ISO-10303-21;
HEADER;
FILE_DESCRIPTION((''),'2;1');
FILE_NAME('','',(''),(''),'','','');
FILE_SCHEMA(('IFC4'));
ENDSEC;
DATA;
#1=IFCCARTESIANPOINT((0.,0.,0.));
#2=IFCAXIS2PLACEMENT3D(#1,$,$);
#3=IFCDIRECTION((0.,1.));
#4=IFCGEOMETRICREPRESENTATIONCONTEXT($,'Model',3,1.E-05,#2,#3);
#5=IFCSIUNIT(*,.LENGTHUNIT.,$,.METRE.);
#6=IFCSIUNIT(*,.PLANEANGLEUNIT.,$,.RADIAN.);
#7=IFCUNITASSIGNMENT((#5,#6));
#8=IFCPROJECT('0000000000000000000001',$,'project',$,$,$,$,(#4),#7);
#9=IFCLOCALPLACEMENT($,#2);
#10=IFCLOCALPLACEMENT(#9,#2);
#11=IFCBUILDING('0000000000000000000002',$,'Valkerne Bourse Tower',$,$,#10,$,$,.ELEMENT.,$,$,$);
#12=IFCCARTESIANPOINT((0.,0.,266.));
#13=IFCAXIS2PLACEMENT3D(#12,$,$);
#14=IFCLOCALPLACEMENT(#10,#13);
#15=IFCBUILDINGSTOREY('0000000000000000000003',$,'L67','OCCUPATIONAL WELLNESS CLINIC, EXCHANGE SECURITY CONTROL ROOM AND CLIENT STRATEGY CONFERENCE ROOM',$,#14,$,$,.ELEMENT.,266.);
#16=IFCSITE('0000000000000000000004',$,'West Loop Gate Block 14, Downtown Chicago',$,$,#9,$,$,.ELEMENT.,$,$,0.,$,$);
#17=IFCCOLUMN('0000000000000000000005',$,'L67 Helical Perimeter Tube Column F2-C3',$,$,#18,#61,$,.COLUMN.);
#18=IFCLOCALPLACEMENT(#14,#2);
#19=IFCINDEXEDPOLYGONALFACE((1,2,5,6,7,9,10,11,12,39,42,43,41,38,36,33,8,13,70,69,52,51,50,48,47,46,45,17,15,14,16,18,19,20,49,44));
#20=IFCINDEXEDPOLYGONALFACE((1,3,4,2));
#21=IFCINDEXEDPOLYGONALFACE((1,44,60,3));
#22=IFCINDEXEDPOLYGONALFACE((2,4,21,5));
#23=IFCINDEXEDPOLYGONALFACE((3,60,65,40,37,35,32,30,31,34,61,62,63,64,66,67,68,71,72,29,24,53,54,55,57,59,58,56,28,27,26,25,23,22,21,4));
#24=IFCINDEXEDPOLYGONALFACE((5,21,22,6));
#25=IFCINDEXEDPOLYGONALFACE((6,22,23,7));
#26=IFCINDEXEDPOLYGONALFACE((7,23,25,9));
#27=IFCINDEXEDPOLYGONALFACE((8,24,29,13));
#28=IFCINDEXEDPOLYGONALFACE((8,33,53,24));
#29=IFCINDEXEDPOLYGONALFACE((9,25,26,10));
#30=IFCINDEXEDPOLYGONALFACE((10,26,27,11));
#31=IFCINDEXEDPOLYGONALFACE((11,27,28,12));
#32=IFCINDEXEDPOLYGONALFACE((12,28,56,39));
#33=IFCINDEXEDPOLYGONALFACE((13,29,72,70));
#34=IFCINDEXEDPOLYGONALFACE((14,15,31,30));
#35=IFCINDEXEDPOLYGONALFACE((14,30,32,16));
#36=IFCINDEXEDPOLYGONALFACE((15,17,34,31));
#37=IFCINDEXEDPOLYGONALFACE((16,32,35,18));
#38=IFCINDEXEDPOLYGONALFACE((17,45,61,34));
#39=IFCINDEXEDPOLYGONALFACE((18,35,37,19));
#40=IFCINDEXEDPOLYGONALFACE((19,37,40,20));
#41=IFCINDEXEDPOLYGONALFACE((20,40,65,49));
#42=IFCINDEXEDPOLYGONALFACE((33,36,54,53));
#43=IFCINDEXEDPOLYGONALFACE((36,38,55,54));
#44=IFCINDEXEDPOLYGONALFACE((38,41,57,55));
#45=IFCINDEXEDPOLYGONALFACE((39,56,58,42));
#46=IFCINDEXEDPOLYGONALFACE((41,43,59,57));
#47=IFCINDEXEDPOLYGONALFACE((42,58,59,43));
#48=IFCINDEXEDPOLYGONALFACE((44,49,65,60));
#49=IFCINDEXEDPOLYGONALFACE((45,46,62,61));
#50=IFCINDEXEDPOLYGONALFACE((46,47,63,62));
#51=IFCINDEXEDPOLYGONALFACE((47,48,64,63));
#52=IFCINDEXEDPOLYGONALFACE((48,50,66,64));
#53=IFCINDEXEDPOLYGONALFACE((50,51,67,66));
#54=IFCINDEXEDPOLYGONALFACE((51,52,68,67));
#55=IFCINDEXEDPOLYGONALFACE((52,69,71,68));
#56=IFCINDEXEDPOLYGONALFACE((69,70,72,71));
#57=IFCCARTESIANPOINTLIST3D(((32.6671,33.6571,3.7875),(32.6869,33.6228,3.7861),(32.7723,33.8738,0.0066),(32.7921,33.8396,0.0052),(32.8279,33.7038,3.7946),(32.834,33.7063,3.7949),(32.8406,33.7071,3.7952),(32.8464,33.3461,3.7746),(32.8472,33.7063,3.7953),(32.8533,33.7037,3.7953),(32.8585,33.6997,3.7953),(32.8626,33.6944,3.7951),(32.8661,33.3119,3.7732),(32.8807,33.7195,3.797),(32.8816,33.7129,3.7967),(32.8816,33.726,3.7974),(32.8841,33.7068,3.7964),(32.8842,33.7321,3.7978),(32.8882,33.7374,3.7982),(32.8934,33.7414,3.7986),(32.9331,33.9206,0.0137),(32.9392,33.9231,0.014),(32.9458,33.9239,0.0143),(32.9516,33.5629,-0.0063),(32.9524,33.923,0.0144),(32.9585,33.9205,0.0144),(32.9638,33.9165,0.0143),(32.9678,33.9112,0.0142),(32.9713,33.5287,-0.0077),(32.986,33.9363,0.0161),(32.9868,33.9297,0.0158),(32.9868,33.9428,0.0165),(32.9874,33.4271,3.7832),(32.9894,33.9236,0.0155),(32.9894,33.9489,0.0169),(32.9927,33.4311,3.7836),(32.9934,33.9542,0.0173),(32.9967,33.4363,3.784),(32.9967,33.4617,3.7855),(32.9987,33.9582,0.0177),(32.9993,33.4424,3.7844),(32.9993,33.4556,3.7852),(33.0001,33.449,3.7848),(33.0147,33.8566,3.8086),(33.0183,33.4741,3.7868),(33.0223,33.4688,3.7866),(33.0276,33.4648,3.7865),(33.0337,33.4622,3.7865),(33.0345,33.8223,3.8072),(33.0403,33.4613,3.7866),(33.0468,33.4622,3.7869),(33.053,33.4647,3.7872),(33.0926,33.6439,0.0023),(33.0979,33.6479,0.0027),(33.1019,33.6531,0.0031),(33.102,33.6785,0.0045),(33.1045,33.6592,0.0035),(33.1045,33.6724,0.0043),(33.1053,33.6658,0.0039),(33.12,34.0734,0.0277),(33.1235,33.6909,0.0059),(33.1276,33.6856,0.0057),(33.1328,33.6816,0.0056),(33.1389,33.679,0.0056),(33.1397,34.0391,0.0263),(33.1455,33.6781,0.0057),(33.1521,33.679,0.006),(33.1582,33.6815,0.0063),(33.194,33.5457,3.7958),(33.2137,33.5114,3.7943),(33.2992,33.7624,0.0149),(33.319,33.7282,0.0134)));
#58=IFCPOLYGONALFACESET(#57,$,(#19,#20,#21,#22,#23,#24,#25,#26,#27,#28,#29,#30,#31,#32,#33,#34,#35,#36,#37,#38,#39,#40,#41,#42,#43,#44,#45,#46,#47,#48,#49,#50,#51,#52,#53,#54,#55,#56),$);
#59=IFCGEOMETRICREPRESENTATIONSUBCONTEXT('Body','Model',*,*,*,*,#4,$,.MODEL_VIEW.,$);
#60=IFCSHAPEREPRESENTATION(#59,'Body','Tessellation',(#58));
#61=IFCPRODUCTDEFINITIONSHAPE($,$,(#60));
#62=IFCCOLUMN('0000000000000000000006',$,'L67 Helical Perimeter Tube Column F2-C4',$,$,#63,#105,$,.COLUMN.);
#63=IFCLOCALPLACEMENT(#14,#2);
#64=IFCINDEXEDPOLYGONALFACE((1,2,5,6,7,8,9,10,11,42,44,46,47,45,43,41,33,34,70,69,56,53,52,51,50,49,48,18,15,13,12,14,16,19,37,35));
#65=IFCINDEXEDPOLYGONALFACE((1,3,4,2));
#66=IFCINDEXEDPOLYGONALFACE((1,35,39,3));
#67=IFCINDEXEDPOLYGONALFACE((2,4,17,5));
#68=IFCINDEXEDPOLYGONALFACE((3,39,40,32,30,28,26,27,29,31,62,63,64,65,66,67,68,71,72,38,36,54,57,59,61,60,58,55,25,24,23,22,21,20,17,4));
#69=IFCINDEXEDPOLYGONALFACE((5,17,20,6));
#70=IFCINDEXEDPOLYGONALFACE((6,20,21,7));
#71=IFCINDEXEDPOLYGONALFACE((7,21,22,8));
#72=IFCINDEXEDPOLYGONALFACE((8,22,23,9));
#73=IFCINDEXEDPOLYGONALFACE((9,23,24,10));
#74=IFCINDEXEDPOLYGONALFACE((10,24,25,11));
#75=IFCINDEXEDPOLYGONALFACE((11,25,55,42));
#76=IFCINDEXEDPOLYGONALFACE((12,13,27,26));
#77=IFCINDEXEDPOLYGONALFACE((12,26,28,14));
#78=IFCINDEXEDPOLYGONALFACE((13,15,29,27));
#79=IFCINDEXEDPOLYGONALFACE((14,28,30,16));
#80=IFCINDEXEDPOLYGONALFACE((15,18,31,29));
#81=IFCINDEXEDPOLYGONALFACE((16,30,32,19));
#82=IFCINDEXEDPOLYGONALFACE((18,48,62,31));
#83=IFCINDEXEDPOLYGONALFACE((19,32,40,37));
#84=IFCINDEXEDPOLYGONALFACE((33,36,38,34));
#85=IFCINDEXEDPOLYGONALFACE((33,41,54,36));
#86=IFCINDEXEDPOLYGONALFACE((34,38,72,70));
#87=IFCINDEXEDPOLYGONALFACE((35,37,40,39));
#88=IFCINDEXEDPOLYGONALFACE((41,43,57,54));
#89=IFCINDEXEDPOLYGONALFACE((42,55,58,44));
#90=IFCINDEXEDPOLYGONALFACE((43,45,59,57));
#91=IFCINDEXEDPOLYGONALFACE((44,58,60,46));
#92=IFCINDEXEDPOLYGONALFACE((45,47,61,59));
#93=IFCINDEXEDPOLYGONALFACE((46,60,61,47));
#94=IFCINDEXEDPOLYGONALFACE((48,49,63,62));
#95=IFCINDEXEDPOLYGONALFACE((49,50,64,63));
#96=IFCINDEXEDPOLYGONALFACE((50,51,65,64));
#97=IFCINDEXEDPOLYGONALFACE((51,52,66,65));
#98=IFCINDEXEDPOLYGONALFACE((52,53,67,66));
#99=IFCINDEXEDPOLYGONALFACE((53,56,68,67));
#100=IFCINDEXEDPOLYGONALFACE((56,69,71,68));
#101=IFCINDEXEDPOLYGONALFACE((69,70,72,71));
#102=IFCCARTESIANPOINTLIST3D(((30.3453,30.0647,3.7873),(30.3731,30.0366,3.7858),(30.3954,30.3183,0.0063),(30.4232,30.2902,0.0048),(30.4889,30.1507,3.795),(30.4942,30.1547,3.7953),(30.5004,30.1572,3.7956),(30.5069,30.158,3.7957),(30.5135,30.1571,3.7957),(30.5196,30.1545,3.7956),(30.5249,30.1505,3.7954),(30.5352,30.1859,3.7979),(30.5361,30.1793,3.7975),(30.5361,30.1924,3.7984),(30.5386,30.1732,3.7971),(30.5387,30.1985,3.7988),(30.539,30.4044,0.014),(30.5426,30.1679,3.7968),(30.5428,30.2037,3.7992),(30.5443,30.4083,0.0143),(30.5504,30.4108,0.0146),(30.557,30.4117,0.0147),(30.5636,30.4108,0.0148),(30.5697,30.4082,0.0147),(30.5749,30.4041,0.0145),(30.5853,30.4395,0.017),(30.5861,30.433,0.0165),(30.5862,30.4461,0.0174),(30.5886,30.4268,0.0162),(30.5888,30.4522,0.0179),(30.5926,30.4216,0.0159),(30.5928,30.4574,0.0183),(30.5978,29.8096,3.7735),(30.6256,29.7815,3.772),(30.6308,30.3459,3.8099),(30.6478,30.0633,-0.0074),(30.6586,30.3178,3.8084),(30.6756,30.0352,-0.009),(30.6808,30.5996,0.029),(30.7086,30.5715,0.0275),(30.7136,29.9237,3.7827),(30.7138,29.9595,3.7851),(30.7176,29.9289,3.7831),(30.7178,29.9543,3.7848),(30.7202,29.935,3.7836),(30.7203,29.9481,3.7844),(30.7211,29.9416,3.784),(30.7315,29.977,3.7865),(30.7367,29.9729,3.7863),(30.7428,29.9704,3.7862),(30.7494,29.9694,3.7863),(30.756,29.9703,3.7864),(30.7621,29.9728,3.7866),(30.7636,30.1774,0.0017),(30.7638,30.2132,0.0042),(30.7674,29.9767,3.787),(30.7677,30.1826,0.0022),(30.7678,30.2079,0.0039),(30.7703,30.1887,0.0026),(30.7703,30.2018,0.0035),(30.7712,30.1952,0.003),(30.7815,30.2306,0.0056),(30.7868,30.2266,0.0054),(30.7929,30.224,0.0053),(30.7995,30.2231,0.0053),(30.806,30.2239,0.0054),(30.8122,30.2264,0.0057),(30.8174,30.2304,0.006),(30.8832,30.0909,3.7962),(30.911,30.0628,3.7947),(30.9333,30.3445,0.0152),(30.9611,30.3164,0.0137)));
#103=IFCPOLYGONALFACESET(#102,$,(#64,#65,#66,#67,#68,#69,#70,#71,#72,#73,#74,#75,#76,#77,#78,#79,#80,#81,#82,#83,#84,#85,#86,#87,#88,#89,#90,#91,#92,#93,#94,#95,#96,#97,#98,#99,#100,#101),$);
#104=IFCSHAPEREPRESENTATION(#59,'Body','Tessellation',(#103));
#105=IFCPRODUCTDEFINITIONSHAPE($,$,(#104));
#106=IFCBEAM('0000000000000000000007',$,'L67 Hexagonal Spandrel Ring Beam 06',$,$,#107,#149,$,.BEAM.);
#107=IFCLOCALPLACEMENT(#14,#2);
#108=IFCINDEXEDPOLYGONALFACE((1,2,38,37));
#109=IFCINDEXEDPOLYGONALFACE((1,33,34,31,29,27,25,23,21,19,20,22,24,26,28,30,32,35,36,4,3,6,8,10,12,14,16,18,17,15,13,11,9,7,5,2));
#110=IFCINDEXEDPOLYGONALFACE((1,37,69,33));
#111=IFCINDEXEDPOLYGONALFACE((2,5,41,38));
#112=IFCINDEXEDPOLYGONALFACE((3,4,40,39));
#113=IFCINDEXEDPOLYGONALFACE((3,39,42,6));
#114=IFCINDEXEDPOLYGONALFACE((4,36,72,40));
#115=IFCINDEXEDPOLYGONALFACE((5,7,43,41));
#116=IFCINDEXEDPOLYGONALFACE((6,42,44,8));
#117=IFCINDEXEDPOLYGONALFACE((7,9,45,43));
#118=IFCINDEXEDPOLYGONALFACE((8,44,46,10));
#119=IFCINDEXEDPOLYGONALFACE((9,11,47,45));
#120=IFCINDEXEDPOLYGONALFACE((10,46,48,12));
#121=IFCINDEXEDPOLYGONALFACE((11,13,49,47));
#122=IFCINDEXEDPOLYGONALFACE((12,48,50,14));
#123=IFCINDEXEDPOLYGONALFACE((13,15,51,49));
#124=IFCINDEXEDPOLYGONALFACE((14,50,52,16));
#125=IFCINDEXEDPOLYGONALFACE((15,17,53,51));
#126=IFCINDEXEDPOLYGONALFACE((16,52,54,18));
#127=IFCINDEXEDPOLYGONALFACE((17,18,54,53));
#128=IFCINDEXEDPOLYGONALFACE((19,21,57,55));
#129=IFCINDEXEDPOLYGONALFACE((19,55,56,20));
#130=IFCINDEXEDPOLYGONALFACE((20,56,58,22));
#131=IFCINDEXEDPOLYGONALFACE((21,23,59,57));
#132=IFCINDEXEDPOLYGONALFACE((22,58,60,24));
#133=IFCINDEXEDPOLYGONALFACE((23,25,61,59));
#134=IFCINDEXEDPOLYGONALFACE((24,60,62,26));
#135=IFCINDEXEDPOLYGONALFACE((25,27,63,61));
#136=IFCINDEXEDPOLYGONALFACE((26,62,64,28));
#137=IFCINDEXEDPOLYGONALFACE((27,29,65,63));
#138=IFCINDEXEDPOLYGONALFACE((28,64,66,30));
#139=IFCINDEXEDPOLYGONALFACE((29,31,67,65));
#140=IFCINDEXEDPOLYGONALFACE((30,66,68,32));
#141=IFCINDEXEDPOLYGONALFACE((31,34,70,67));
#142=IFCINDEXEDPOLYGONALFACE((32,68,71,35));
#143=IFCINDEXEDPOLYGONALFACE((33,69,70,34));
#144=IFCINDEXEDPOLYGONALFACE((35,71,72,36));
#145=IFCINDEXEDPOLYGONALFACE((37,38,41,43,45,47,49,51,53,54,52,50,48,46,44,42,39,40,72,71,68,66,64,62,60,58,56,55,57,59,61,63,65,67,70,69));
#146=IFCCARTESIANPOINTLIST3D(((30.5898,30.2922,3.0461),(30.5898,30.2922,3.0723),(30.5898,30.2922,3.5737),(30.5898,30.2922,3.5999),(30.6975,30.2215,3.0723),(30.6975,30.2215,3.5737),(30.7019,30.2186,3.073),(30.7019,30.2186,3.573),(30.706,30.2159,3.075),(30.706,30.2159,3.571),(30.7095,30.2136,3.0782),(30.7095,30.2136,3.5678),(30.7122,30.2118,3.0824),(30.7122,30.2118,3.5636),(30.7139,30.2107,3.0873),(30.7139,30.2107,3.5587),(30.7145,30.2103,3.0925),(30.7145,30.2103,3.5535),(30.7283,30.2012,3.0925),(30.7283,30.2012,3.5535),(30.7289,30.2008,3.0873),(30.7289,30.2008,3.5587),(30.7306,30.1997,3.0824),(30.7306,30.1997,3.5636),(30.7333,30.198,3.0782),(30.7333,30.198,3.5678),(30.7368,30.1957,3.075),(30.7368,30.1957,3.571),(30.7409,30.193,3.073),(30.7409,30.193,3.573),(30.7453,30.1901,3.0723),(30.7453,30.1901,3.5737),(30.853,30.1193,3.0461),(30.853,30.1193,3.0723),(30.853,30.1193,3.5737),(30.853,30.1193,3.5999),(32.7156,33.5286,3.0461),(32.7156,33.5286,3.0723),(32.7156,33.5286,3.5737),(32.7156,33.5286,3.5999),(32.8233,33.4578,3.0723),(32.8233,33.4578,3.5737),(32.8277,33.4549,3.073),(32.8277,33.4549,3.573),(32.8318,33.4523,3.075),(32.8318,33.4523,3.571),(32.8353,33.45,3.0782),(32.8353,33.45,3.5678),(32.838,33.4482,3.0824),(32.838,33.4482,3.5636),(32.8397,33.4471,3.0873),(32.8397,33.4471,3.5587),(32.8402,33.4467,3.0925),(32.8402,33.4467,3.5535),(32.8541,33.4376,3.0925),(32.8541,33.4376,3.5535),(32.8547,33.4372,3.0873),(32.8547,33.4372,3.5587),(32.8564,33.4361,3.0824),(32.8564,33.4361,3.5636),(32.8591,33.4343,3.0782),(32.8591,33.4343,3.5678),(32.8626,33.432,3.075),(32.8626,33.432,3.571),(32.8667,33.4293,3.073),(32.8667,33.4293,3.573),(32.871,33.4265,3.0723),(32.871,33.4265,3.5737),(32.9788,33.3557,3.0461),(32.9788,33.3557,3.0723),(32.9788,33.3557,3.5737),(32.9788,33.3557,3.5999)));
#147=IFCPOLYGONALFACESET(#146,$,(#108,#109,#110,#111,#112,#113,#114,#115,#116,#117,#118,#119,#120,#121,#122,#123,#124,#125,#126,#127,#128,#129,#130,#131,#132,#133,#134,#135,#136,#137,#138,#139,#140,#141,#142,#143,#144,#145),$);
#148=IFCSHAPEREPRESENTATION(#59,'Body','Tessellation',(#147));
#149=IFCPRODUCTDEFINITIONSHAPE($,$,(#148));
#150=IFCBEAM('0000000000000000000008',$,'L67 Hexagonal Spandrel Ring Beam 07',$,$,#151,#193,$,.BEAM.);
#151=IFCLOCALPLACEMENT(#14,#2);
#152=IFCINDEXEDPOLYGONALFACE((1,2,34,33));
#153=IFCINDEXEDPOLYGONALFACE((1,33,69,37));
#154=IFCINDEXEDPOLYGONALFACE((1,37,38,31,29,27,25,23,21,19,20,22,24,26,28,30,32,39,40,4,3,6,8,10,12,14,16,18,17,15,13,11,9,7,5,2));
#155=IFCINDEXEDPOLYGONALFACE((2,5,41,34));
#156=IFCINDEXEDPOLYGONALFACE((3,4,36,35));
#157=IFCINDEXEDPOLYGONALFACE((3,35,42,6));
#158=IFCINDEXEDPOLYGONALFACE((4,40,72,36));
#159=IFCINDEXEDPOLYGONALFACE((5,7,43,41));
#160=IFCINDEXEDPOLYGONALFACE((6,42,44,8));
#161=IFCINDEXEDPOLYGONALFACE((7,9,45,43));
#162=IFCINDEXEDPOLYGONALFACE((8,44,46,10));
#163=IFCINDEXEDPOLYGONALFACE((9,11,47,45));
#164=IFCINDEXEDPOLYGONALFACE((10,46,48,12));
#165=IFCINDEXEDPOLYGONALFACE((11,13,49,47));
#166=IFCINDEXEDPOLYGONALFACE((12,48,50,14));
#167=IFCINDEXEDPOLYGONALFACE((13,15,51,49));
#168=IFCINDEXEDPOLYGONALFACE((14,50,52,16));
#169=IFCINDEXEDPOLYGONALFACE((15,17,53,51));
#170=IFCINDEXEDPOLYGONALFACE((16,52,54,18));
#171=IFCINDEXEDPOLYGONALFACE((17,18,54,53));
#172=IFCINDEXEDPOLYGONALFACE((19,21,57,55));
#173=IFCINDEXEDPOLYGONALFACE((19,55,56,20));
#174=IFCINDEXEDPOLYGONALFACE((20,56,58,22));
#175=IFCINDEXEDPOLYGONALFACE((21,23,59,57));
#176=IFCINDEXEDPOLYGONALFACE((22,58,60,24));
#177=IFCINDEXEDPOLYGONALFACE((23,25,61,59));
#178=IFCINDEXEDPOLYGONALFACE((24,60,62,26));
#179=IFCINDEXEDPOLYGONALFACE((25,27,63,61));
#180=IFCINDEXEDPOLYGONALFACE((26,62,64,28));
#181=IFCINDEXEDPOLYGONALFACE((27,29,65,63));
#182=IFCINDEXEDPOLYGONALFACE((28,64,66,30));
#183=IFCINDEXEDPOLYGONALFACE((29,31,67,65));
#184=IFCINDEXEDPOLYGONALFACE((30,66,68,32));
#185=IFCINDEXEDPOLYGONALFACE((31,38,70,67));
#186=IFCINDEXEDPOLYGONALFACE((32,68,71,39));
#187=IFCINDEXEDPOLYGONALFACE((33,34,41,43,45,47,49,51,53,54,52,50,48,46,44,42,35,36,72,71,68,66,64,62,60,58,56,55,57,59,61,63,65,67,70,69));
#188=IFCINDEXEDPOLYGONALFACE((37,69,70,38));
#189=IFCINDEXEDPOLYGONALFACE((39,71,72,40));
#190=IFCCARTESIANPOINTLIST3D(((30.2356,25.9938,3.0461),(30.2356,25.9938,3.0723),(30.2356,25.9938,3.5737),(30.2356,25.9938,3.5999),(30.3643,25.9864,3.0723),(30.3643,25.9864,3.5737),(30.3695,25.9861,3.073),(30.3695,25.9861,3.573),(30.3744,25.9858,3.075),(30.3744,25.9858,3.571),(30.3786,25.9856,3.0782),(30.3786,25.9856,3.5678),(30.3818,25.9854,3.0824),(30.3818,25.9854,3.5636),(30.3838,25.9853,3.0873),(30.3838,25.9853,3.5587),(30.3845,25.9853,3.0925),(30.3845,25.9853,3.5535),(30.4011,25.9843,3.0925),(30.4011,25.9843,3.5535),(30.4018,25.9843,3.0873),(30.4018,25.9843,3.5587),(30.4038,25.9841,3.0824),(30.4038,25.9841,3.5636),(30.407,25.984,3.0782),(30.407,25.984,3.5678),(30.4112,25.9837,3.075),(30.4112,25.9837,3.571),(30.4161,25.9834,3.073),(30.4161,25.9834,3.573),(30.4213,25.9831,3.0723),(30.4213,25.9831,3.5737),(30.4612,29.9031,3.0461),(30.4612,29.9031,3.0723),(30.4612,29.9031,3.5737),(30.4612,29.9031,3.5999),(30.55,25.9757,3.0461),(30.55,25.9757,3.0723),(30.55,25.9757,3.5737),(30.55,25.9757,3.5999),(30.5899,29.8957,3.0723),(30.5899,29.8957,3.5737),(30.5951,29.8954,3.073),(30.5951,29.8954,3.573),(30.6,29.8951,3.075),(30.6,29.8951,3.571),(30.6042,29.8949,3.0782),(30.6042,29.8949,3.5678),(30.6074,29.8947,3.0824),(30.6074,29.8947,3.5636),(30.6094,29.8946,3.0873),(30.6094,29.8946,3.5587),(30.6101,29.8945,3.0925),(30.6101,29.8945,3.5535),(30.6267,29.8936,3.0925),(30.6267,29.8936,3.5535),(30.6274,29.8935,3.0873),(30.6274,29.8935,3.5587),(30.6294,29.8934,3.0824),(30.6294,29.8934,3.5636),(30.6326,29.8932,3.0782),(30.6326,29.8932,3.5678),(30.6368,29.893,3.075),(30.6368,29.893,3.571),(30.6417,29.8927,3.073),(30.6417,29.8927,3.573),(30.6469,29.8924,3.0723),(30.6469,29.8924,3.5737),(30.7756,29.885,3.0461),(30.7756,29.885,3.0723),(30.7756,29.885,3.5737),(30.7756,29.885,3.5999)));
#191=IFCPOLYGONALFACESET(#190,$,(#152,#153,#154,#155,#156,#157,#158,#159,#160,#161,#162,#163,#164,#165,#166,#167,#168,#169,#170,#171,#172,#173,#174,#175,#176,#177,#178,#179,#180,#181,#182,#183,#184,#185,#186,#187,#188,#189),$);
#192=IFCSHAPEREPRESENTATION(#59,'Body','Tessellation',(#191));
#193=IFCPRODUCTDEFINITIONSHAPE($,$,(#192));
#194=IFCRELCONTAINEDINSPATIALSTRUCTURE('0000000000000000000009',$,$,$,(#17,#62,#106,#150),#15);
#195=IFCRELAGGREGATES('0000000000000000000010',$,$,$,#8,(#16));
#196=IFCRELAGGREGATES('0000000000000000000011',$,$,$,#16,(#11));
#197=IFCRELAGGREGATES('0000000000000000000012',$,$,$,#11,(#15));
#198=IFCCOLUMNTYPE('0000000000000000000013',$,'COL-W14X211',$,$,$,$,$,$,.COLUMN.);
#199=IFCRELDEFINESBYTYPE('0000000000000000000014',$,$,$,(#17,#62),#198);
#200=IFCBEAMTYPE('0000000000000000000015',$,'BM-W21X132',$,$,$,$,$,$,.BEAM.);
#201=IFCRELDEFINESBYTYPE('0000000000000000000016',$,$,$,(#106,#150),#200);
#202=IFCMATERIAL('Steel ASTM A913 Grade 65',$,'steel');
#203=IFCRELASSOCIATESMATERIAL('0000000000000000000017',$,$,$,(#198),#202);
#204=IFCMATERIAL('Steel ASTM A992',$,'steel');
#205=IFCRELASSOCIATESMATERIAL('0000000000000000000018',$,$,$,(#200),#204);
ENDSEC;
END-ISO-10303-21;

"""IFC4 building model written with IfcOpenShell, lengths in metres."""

from ifc_helpers import new_model, si_unit, direction, frame, origin, origin_2d, place, context, subcontext, project, spatial, i_section, extrude, material, material_profile, profile_set, type_object, element, save


model = new_model("IFC4")

# Units and contexts
model_context = context("Model", 3, precision=1e-05, world=origin(), true_north=direction((0.0, 1.0)))
body_context = subcontext(model_context, "Body", "Model", "MODEL_VIEW")
ifc_project = project(units=[si_unit("LENGTHUNIT", "METRE"), si_unit("PLANEANGLEUNIT", "RADIAN")], contexts=[model_context])

# Site, building, storey
site_placement = place(None, origin())
site = spatial("IfcSite", under=ifc_project, at=site_placement, Name="West Loop Gate Block 14, Downtown Chicago", CompositionType="ELEMENT", RefElevation=0.0)
building_placement = place(site_placement, origin())
building = spatial("IfcBuilding", under=site, at=building_placement, Name="Valkerne Bourse Tower", CompositionType="ELEMENT")
storey_placement = place(building_placement, frame((0.0, 0.0, 266.0)))
storey = spatial("IfcBuildingStorey", under=building, at=storey_placement, Name="L67", Description="OCCUPATIONAL WELLNESS CLINIC, EXCHANGE SECURITY CONTROL ROOM AND CLIENT STRATEGY CONFERENCE ROOM", CompositionType="ELEMENT", Elevation=266.0)

# Columns
ifc_material_1 = material(Name="Steel ASTM A913 Grade 65", Category="steel")
ifc_material_profile_1 = material_profile(ifc_material_1, i_section(OverallWidth=0.4014, OverallDepth=0.3987, WebThickness=0.0249, FlangeThickness=0.0396, FilletRadius=0.0254, at=origin_2d()), Name="W14X211")
ifc_profile_set_1 = profile_set([ifc_material_profile_1], Name="Steel ASTM A913 Grade 65")
column_type = type_object("IfcColumnType", Name="COL-W14X211", PredefinedType="COLUMN", material=ifc_profile_set_1)
column_1_placement = place(storey_placement, frame((33.0457, 33.801, 0.01), z_axis=(-0.027773, -0.057222, 0.997975), x_axis=(-0.866079, -0.497131, -0.052608)))
element("IfcColumn", 1, at=column_1_placement, inside=storey, type_object=column_type, Name="L67 Helical Perimeter Tube Column F2-C3", PredefinedType="COLUMN", context=body_context, shape_type="SweptSolid", body=[
    extrude(i_section(OverallWidth=0.4014, OverallDepth=0.3987, WebThickness=0.0249, FlangeThickness=0.0396, FilletRadius=0.0254, at=origin_2d()), origin(), (0.0, 0.0, 1.0), 3.7886),
])
column_2_placement = place(storey_placement, frame((30.6782, 30.3174, 0.01), z_axis=(-0.013206, -0.066932, 0.99767), x_axis=(-0.71118, -0.700742, -0.056426)))
element("IfcColumn", 2, at=column_2_placement, inside=storey, type_object=column_type, Name="L67 Helical Perimeter Tube Column F2-C4", PredefinedType="COLUMN", context=body_context, shape_type="SweptSolid", body=[
    extrude(i_section(OverallWidth=0.4014, OverallDepth=0.3987, WebThickness=0.0249, FlangeThickness=0.0396, FilletRadius=0.0254, at=origin_2d()), origin(), (0.0, 0.0, 1.0), 3.7898),
])

# Beams
ifc_material_2 = material(Name="Steel ASTM A992", Category="steel")
ifc_material_profile_2 = material_profile(ifc_material_2, i_section(OverallWidth=0.3149, OverallDepth=0.5537, WebThickness=0.0166, FlangeThickness=0.0261, FilletRadius=0.0203, at=origin_2d()), Name="W21X132")
ifc_profile_set_2 = profile_set([ifc_material_profile_2], Name="Steel ASTM A992")
beam_type_1 = type_object("IfcBeamType", Name="BM-W21X132", PredefinedType="BEAM", material=ifc_profile_set_2)
beam_1_placement = place(storey_placement, frame((32.8472, 33.4421, 3.323), z_axis=(-0.548998, -0.835824, 0.0), x_axis=(0.835824, -0.548998, 0.0)))
element("IfcBeam", 3, at=beam_1_placement, inside=storey, type_object=beam_type_1, Name="L67 Hexagonal Spandrel Ring Beam 06", PredefinedType="BEAM", context=body_context, shape_type="SweptSolid", body=[
    extrude(i_section(OverallWidth=0.3149, OverallDepth=0.5537, WebThickness=0.0166, FlangeThickness=0.0261, FilletRadius=0.0203, at=origin_2d()), origin(), (0.0, 0.0, 1.0), 3.8721),
])
beam_2_placement = place(storey_placement, frame((30.6184, 29.894, 3.323), z_axis=(-0.057611, -0.998339, 0.0), x_axis=(0.998339, -0.057611, 0.0)))
element("IfcBeam", 4, at=beam_2_placement, inside=storey, type_object=beam_type_1, Name="L67 Hexagonal Spandrel Ring Beam 07", PredefinedType="BEAM", context=body_context, shape_type="SweptSolid", body=[
    extrude(i_section(OverallWidth=0.3149, OverallDepth=0.5537, WebThickness=0.0166, FlangeThickness=0.0261, FilletRadius=0.0203, at=origin_2d()), origin(), (0.0, 0.0, 1.0), 3.9158),
])

save(model, "model.ifc")
